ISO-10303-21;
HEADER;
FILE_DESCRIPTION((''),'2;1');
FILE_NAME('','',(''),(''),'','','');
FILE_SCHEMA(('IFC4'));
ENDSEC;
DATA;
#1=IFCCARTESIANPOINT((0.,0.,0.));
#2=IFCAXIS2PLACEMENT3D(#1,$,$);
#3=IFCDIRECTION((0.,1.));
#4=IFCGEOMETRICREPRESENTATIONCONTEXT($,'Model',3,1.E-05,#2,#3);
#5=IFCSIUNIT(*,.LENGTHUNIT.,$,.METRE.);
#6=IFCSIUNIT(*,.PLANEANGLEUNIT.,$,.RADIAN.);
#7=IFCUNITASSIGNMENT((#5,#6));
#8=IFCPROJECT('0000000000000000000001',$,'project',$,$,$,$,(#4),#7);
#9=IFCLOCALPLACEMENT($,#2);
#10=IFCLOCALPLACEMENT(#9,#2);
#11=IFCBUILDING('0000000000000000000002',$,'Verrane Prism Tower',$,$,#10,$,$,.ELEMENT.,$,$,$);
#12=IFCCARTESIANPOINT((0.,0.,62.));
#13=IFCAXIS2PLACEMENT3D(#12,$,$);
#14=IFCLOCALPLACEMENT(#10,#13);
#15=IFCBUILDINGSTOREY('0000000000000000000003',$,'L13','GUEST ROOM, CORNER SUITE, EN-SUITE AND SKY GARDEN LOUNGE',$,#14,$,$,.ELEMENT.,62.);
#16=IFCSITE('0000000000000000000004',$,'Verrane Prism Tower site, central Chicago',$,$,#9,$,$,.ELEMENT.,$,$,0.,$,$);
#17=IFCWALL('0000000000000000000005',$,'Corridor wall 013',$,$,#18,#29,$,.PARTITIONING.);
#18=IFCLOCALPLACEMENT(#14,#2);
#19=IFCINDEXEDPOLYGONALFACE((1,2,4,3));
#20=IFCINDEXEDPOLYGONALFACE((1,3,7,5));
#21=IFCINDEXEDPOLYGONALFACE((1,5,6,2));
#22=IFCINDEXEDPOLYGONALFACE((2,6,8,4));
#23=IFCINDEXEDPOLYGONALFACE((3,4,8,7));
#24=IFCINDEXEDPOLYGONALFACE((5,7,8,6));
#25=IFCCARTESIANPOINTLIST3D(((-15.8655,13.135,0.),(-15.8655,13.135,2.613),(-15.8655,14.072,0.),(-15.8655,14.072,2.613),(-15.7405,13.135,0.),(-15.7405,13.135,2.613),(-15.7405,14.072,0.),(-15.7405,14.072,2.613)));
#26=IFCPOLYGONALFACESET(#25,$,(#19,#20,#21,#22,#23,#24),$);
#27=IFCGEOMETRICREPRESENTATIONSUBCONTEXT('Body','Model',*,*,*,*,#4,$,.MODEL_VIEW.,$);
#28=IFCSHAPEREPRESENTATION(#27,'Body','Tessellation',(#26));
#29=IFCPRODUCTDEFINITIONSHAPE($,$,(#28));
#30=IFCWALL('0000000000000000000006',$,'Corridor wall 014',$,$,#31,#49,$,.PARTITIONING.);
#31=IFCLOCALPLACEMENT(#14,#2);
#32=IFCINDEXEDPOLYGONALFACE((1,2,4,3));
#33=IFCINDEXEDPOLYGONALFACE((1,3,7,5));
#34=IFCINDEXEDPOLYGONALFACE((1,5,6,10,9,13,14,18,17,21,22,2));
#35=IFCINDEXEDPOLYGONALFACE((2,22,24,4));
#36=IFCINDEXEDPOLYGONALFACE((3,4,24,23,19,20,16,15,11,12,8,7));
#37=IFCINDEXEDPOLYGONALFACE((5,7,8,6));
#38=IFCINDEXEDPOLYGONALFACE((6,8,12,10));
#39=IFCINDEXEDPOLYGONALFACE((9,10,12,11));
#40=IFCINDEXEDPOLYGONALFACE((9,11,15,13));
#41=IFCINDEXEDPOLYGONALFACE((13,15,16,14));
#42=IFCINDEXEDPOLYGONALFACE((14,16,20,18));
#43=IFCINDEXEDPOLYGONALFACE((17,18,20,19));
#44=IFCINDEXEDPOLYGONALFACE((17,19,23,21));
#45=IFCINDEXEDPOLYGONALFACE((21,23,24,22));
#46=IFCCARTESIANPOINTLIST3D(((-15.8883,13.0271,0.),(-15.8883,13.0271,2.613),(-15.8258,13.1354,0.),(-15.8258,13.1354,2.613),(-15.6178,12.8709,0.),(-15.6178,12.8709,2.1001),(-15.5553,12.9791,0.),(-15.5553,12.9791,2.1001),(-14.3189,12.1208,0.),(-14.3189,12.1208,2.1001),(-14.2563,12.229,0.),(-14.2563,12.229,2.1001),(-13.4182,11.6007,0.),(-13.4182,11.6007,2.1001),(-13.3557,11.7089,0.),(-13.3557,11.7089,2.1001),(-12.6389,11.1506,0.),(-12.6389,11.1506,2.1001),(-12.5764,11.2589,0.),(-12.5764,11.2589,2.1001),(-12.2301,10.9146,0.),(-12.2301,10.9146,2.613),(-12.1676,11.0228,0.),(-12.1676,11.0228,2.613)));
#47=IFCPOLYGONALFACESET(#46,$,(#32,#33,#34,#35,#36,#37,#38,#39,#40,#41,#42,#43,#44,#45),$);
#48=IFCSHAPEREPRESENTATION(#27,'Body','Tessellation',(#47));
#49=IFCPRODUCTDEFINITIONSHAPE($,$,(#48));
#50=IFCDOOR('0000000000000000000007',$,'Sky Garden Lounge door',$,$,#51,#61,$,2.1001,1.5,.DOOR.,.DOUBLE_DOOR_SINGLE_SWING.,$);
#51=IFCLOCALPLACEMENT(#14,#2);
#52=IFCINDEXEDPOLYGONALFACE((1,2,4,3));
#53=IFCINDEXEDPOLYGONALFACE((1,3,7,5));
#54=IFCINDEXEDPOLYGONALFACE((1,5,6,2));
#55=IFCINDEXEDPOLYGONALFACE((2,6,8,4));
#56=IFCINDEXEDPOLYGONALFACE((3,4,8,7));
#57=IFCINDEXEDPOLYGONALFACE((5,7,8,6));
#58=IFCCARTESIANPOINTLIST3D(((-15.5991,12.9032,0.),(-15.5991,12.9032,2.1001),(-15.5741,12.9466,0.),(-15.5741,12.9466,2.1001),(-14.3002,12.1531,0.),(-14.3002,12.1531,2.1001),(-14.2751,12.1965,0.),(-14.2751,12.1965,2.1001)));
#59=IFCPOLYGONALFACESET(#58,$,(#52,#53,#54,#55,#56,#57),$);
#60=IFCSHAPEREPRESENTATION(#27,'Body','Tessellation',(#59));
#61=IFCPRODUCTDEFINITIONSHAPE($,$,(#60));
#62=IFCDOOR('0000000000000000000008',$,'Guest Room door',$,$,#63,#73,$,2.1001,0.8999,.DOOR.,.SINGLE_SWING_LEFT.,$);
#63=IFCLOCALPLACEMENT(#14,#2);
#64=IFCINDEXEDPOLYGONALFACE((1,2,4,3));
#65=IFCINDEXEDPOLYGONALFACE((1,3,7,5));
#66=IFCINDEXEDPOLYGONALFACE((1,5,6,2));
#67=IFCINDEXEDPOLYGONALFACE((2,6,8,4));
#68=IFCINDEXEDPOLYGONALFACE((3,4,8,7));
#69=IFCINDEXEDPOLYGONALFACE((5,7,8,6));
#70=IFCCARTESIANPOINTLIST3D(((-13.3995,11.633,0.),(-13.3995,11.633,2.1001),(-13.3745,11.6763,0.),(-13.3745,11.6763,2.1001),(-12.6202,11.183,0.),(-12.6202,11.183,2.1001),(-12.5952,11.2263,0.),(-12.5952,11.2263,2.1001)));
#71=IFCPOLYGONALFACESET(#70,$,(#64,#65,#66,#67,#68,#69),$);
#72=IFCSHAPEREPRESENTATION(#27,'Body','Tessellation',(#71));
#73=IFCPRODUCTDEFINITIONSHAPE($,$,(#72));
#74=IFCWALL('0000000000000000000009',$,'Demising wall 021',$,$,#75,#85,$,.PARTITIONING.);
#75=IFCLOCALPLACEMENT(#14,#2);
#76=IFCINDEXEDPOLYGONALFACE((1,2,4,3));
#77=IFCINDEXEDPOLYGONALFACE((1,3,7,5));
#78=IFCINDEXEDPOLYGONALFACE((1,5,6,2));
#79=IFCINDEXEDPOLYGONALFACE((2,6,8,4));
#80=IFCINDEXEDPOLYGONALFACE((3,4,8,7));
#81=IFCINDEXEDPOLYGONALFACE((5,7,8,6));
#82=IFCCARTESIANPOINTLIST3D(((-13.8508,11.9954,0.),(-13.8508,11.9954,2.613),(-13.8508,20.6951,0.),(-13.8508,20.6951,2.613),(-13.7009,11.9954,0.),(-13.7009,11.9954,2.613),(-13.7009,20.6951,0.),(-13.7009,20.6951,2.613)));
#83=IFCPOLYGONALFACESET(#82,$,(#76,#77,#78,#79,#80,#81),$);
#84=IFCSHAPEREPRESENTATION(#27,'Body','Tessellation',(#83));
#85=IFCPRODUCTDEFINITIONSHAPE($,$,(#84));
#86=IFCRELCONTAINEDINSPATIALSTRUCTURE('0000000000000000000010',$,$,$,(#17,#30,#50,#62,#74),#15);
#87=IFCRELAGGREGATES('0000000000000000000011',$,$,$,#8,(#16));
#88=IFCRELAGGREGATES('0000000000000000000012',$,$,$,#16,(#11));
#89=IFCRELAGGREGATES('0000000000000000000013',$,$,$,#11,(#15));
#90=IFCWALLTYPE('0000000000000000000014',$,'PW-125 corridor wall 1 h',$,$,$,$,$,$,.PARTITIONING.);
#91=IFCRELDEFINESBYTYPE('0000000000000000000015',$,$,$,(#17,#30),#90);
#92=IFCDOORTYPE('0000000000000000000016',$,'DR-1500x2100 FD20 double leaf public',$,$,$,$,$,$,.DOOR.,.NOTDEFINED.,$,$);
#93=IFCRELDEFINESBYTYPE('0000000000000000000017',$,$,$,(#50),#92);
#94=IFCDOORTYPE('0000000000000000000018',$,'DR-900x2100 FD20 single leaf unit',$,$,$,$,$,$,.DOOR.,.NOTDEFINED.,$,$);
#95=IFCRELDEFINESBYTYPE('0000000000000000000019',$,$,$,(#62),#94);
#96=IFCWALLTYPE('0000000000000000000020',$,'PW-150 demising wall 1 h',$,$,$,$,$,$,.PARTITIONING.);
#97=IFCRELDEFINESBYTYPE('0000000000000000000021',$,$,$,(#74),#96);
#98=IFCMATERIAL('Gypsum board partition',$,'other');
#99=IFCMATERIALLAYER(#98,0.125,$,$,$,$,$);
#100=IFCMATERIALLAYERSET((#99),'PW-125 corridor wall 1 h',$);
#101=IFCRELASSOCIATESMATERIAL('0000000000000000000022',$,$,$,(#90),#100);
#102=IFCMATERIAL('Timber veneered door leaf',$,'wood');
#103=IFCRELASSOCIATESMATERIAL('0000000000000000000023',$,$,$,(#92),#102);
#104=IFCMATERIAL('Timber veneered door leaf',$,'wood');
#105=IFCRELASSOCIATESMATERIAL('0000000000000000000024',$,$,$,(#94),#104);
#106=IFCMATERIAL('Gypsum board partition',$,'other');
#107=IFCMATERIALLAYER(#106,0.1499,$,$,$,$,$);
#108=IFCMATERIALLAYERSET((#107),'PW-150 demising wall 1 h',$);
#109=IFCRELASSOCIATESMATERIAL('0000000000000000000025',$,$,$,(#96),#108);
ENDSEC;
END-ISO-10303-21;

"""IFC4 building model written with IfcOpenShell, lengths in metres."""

from ifc_helpers import new_model, si_unit, direction, frame, frame_2d, origin, place, context, subcontext, project, spatial, rectangle, extrude, material, layer, layer_set, type_object, element, fill, save


model = new_model("IFC4")

# Units and contexts
model_context = context("Model", 3, precision=1e-05, world=origin(), true_north=direction((0.0, 1.0)))
body_context = subcontext(model_context, "Body", "Model", "MODEL_VIEW")
ifc_project = project(units=[si_unit("LENGTHUNIT", "METRE"), si_unit("PLANEANGLEUNIT", "RADIAN")], contexts=[model_context])

# Site, building, storey
site_placement = place(None, origin())
site = spatial("IfcSite", under=ifc_project, at=site_placement, Name="Verrane Prism Tower site, central Chicago", CompositionType="ELEMENT", RefElevation=0.0)
building_placement = place(site_placement, origin())
building = spatial("IfcBuilding", under=site, at=building_placement, Name="Verrane Prism Tower", CompositionType="ELEMENT")
storey_placement = place(building_placement, frame((0.0, 0.0, 62.0)))
storey = spatial("IfcBuildingStorey", under=building, at=storey_placement, Name="L13", Description="GUEST ROOM, CORNER SUITE, EN-SUITE AND SKY GARDEN LOUNGE", CompositionType="ELEMENT", Elevation=62.0)

# Wall
ifc_material_1 = material(Name="Gypsum board partition", Category="other")
ifc_layer_1 = layer(ifc_material_1, 0.125)
ifc_layer_set_1 = layer_set([ifc_layer_1], Name="PW-125 corridor wall 1 h")
wall_type_1 = type_object("IfcWallType", Name="PW-125 corridor wall 1 h", PredefinedType="PARTITIONING", material=ifc_layer_set_1)
wall_1_placement = place(storey_placement, frame((-15.803, 13.135, 0.0), z_axis=(0.0, 0.0, 1.0), x_axis=(0.0, 1.0, 0.0)))
element("IfcWall", 1, at=wall_1_placement, inside=storey, type_object=wall_type_1, Name="Corridor wall 013", PredefinedType="PARTITIONING", context=body_context, shape_type="SweptSolid", body=[
    extrude(rectangle(XDim=0.937, YDim=0.125, at=frame_2d((0.4685, 0.0))), origin(), (0.0, 0.0, 1.0), 2.613),
])

# Wall, openings, doors
wall_2_placement = place(storey_placement, frame((-15.8572, 13.0813, 0.0), z_axis=(0.0, 0.0, 1.0), x_axis=(0.865976, -0.500086, 0.0)))
wall_2 = element("IfcWall", 2, at=wall_2_placement, inside=storey, type_object=wall_type_1, Name="Corridor wall 014", PredefinedType="PARTITIONING", context=body_context, shape_type="SweptSolid", body=[
    extrude(rectangle(XDim=4.2244, YDim=0.125, at=frame_2d((2.1123, 0.0))), origin(), (0.0, 0.0, 1.0), 2.613),
])
opening_1_placement = place(wall_2_placement, frame((2.8525, 0.0, 0.0)))
opening_1 = element("IfcOpeningElement", 3, at=opening_1_placement, cuts=wall_2, PredefinedType="OPENING", context=body_context, shape_type="SweptSolid", body=[
    extrude(rectangle(XDim=0.8999, YDim=2.1001, at=frame_2d((0.45, 1.05))), frame((0.0, 0.0725, 0.0), z_axis=(0.0, -1.0, 0.0), x_axis=(1.0, 0.0, 0.0)), (0.0, 0.0, 1.0), 0.145),
])
opening_2_placement = place(wall_2_placement, frame((0.3125, 0.0, 0.0)))
opening_2 = element("IfcOpeningElement", 4, at=opening_2_placement, cuts=wall_2, PredefinedType="OPENING", context=body_context, shape_type="SweptSolid", body=[
    extrude(rectangle(XDim=1.5, YDim=2.1001, at=frame_2d((0.75, 1.05))), frame((0.0, 0.0725, 0.0), z_axis=(0.0, -1.0, 0.0), x_axis=(1.0, 0.0, 0.0)), (0.0, 0.0, 1.0), 0.145),
])
ifc_material_2 = material(Name="Timber veneered door leaf", Category="wood")
door_type_1 = type_object("IfcDoorType", Name="DR-1500x2100 FD20 double leaf public", OperationType="NOTDEFINED", PredefinedType="DOOR", material=ifc_material_2)
door_1_placement = place(opening_2_placement, origin())
door_1 = element("IfcDoor", 5, at=door_1_placement, inside=storey, type_object=door_type_1, Name="Sky Garden Lounge door", OperationType="DOUBLE_DOOR_SINGLE_SWING", OverallHeight=2.1001, OverallWidth=1.5, PredefinedType="DOOR", context=body_context, shape_type="SweptSolid", body=[
    extrude(rectangle(XDim=1.5, YDim=2.1001, at=frame_2d((0.75, 1.05))), frame((0.0, 0.0249, 0.0), z_axis=(0.0, -1.0, 0.0), x_axis=(1.0, 0.0, 0.0)), (0.0, 0.0, 1.0), 0.05),
])
fill(opening_2, door_1)
ifc_material_3 = material(Name="Timber veneered door leaf", Category="wood")
door_type_2 = type_object("IfcDoorType", Name="DR-900x2100 FD20 single leaf unit", OperationType="NOTDEFINED", PredefinedType="DOOR", material=ifc_material_3)
door_2_placement = place(opening_1_placement, origin())
door_2 = element("IfcDoor", 6, at=door_2_placement, inside=storey, type_object=door_type_2, Name="Guest Room door", OperationType="SINGLE_SWING_LEFT", OverallHeight=2.1001, OverallWidth=0.8999, PredefinedType="DOOR", context=body_context, shape_type="SweptSolid", body=[
    extrude(rectangle(XDim=0.8999, YDim=2.1001, at=frame_2d((0.45, 1.05))), frame((0.0, 0.0249, 0.0), z_axis=(0.0, -1.0, 0.0), x_axis=(1.0, 0.0, 0.0)), (0.0, 0.0, 1.0), 0.05),
])
fill(opening_1, door_2)

# Wall
ifc_material_4 = material(Name="Gypsum board partition", Category="other")
ifc_layer_2 = layer(ifc_material_4, 0.1499)
ifc_layer_set_2 = layer_set([ifc_layer_2], Name="PW-150 demising wall 1 h")
wall_type_2 = type_object("IfcWallType", Name="PW-150 demising wall 1 h", PredefinedType="PARTITIONING", material=ifc_layer_set_2)
wall_3_placement = place(storey_placement, frame((-13.7759, 11.9954, 0.0), z_axis=(0.0, 0.0, 1.0), x_axis=(0.0, 1.0, 0.0)))
element("IfcWall", 7, at=wall_3_placement, inside=storey, type_object=wall_type_2, Name="Demising wall 021", PredefinedType="PARTITIONING", context=body_context, shape_type="SweptSolid", body=[
    extrude(rectangle(XDim=8.6997, YDim=0.1499, at=frame_2d((4.3499, 0.0))), origin(), (0.0, 0.0, 1.0), 2.613),
])

save(model, "model.ifc")
